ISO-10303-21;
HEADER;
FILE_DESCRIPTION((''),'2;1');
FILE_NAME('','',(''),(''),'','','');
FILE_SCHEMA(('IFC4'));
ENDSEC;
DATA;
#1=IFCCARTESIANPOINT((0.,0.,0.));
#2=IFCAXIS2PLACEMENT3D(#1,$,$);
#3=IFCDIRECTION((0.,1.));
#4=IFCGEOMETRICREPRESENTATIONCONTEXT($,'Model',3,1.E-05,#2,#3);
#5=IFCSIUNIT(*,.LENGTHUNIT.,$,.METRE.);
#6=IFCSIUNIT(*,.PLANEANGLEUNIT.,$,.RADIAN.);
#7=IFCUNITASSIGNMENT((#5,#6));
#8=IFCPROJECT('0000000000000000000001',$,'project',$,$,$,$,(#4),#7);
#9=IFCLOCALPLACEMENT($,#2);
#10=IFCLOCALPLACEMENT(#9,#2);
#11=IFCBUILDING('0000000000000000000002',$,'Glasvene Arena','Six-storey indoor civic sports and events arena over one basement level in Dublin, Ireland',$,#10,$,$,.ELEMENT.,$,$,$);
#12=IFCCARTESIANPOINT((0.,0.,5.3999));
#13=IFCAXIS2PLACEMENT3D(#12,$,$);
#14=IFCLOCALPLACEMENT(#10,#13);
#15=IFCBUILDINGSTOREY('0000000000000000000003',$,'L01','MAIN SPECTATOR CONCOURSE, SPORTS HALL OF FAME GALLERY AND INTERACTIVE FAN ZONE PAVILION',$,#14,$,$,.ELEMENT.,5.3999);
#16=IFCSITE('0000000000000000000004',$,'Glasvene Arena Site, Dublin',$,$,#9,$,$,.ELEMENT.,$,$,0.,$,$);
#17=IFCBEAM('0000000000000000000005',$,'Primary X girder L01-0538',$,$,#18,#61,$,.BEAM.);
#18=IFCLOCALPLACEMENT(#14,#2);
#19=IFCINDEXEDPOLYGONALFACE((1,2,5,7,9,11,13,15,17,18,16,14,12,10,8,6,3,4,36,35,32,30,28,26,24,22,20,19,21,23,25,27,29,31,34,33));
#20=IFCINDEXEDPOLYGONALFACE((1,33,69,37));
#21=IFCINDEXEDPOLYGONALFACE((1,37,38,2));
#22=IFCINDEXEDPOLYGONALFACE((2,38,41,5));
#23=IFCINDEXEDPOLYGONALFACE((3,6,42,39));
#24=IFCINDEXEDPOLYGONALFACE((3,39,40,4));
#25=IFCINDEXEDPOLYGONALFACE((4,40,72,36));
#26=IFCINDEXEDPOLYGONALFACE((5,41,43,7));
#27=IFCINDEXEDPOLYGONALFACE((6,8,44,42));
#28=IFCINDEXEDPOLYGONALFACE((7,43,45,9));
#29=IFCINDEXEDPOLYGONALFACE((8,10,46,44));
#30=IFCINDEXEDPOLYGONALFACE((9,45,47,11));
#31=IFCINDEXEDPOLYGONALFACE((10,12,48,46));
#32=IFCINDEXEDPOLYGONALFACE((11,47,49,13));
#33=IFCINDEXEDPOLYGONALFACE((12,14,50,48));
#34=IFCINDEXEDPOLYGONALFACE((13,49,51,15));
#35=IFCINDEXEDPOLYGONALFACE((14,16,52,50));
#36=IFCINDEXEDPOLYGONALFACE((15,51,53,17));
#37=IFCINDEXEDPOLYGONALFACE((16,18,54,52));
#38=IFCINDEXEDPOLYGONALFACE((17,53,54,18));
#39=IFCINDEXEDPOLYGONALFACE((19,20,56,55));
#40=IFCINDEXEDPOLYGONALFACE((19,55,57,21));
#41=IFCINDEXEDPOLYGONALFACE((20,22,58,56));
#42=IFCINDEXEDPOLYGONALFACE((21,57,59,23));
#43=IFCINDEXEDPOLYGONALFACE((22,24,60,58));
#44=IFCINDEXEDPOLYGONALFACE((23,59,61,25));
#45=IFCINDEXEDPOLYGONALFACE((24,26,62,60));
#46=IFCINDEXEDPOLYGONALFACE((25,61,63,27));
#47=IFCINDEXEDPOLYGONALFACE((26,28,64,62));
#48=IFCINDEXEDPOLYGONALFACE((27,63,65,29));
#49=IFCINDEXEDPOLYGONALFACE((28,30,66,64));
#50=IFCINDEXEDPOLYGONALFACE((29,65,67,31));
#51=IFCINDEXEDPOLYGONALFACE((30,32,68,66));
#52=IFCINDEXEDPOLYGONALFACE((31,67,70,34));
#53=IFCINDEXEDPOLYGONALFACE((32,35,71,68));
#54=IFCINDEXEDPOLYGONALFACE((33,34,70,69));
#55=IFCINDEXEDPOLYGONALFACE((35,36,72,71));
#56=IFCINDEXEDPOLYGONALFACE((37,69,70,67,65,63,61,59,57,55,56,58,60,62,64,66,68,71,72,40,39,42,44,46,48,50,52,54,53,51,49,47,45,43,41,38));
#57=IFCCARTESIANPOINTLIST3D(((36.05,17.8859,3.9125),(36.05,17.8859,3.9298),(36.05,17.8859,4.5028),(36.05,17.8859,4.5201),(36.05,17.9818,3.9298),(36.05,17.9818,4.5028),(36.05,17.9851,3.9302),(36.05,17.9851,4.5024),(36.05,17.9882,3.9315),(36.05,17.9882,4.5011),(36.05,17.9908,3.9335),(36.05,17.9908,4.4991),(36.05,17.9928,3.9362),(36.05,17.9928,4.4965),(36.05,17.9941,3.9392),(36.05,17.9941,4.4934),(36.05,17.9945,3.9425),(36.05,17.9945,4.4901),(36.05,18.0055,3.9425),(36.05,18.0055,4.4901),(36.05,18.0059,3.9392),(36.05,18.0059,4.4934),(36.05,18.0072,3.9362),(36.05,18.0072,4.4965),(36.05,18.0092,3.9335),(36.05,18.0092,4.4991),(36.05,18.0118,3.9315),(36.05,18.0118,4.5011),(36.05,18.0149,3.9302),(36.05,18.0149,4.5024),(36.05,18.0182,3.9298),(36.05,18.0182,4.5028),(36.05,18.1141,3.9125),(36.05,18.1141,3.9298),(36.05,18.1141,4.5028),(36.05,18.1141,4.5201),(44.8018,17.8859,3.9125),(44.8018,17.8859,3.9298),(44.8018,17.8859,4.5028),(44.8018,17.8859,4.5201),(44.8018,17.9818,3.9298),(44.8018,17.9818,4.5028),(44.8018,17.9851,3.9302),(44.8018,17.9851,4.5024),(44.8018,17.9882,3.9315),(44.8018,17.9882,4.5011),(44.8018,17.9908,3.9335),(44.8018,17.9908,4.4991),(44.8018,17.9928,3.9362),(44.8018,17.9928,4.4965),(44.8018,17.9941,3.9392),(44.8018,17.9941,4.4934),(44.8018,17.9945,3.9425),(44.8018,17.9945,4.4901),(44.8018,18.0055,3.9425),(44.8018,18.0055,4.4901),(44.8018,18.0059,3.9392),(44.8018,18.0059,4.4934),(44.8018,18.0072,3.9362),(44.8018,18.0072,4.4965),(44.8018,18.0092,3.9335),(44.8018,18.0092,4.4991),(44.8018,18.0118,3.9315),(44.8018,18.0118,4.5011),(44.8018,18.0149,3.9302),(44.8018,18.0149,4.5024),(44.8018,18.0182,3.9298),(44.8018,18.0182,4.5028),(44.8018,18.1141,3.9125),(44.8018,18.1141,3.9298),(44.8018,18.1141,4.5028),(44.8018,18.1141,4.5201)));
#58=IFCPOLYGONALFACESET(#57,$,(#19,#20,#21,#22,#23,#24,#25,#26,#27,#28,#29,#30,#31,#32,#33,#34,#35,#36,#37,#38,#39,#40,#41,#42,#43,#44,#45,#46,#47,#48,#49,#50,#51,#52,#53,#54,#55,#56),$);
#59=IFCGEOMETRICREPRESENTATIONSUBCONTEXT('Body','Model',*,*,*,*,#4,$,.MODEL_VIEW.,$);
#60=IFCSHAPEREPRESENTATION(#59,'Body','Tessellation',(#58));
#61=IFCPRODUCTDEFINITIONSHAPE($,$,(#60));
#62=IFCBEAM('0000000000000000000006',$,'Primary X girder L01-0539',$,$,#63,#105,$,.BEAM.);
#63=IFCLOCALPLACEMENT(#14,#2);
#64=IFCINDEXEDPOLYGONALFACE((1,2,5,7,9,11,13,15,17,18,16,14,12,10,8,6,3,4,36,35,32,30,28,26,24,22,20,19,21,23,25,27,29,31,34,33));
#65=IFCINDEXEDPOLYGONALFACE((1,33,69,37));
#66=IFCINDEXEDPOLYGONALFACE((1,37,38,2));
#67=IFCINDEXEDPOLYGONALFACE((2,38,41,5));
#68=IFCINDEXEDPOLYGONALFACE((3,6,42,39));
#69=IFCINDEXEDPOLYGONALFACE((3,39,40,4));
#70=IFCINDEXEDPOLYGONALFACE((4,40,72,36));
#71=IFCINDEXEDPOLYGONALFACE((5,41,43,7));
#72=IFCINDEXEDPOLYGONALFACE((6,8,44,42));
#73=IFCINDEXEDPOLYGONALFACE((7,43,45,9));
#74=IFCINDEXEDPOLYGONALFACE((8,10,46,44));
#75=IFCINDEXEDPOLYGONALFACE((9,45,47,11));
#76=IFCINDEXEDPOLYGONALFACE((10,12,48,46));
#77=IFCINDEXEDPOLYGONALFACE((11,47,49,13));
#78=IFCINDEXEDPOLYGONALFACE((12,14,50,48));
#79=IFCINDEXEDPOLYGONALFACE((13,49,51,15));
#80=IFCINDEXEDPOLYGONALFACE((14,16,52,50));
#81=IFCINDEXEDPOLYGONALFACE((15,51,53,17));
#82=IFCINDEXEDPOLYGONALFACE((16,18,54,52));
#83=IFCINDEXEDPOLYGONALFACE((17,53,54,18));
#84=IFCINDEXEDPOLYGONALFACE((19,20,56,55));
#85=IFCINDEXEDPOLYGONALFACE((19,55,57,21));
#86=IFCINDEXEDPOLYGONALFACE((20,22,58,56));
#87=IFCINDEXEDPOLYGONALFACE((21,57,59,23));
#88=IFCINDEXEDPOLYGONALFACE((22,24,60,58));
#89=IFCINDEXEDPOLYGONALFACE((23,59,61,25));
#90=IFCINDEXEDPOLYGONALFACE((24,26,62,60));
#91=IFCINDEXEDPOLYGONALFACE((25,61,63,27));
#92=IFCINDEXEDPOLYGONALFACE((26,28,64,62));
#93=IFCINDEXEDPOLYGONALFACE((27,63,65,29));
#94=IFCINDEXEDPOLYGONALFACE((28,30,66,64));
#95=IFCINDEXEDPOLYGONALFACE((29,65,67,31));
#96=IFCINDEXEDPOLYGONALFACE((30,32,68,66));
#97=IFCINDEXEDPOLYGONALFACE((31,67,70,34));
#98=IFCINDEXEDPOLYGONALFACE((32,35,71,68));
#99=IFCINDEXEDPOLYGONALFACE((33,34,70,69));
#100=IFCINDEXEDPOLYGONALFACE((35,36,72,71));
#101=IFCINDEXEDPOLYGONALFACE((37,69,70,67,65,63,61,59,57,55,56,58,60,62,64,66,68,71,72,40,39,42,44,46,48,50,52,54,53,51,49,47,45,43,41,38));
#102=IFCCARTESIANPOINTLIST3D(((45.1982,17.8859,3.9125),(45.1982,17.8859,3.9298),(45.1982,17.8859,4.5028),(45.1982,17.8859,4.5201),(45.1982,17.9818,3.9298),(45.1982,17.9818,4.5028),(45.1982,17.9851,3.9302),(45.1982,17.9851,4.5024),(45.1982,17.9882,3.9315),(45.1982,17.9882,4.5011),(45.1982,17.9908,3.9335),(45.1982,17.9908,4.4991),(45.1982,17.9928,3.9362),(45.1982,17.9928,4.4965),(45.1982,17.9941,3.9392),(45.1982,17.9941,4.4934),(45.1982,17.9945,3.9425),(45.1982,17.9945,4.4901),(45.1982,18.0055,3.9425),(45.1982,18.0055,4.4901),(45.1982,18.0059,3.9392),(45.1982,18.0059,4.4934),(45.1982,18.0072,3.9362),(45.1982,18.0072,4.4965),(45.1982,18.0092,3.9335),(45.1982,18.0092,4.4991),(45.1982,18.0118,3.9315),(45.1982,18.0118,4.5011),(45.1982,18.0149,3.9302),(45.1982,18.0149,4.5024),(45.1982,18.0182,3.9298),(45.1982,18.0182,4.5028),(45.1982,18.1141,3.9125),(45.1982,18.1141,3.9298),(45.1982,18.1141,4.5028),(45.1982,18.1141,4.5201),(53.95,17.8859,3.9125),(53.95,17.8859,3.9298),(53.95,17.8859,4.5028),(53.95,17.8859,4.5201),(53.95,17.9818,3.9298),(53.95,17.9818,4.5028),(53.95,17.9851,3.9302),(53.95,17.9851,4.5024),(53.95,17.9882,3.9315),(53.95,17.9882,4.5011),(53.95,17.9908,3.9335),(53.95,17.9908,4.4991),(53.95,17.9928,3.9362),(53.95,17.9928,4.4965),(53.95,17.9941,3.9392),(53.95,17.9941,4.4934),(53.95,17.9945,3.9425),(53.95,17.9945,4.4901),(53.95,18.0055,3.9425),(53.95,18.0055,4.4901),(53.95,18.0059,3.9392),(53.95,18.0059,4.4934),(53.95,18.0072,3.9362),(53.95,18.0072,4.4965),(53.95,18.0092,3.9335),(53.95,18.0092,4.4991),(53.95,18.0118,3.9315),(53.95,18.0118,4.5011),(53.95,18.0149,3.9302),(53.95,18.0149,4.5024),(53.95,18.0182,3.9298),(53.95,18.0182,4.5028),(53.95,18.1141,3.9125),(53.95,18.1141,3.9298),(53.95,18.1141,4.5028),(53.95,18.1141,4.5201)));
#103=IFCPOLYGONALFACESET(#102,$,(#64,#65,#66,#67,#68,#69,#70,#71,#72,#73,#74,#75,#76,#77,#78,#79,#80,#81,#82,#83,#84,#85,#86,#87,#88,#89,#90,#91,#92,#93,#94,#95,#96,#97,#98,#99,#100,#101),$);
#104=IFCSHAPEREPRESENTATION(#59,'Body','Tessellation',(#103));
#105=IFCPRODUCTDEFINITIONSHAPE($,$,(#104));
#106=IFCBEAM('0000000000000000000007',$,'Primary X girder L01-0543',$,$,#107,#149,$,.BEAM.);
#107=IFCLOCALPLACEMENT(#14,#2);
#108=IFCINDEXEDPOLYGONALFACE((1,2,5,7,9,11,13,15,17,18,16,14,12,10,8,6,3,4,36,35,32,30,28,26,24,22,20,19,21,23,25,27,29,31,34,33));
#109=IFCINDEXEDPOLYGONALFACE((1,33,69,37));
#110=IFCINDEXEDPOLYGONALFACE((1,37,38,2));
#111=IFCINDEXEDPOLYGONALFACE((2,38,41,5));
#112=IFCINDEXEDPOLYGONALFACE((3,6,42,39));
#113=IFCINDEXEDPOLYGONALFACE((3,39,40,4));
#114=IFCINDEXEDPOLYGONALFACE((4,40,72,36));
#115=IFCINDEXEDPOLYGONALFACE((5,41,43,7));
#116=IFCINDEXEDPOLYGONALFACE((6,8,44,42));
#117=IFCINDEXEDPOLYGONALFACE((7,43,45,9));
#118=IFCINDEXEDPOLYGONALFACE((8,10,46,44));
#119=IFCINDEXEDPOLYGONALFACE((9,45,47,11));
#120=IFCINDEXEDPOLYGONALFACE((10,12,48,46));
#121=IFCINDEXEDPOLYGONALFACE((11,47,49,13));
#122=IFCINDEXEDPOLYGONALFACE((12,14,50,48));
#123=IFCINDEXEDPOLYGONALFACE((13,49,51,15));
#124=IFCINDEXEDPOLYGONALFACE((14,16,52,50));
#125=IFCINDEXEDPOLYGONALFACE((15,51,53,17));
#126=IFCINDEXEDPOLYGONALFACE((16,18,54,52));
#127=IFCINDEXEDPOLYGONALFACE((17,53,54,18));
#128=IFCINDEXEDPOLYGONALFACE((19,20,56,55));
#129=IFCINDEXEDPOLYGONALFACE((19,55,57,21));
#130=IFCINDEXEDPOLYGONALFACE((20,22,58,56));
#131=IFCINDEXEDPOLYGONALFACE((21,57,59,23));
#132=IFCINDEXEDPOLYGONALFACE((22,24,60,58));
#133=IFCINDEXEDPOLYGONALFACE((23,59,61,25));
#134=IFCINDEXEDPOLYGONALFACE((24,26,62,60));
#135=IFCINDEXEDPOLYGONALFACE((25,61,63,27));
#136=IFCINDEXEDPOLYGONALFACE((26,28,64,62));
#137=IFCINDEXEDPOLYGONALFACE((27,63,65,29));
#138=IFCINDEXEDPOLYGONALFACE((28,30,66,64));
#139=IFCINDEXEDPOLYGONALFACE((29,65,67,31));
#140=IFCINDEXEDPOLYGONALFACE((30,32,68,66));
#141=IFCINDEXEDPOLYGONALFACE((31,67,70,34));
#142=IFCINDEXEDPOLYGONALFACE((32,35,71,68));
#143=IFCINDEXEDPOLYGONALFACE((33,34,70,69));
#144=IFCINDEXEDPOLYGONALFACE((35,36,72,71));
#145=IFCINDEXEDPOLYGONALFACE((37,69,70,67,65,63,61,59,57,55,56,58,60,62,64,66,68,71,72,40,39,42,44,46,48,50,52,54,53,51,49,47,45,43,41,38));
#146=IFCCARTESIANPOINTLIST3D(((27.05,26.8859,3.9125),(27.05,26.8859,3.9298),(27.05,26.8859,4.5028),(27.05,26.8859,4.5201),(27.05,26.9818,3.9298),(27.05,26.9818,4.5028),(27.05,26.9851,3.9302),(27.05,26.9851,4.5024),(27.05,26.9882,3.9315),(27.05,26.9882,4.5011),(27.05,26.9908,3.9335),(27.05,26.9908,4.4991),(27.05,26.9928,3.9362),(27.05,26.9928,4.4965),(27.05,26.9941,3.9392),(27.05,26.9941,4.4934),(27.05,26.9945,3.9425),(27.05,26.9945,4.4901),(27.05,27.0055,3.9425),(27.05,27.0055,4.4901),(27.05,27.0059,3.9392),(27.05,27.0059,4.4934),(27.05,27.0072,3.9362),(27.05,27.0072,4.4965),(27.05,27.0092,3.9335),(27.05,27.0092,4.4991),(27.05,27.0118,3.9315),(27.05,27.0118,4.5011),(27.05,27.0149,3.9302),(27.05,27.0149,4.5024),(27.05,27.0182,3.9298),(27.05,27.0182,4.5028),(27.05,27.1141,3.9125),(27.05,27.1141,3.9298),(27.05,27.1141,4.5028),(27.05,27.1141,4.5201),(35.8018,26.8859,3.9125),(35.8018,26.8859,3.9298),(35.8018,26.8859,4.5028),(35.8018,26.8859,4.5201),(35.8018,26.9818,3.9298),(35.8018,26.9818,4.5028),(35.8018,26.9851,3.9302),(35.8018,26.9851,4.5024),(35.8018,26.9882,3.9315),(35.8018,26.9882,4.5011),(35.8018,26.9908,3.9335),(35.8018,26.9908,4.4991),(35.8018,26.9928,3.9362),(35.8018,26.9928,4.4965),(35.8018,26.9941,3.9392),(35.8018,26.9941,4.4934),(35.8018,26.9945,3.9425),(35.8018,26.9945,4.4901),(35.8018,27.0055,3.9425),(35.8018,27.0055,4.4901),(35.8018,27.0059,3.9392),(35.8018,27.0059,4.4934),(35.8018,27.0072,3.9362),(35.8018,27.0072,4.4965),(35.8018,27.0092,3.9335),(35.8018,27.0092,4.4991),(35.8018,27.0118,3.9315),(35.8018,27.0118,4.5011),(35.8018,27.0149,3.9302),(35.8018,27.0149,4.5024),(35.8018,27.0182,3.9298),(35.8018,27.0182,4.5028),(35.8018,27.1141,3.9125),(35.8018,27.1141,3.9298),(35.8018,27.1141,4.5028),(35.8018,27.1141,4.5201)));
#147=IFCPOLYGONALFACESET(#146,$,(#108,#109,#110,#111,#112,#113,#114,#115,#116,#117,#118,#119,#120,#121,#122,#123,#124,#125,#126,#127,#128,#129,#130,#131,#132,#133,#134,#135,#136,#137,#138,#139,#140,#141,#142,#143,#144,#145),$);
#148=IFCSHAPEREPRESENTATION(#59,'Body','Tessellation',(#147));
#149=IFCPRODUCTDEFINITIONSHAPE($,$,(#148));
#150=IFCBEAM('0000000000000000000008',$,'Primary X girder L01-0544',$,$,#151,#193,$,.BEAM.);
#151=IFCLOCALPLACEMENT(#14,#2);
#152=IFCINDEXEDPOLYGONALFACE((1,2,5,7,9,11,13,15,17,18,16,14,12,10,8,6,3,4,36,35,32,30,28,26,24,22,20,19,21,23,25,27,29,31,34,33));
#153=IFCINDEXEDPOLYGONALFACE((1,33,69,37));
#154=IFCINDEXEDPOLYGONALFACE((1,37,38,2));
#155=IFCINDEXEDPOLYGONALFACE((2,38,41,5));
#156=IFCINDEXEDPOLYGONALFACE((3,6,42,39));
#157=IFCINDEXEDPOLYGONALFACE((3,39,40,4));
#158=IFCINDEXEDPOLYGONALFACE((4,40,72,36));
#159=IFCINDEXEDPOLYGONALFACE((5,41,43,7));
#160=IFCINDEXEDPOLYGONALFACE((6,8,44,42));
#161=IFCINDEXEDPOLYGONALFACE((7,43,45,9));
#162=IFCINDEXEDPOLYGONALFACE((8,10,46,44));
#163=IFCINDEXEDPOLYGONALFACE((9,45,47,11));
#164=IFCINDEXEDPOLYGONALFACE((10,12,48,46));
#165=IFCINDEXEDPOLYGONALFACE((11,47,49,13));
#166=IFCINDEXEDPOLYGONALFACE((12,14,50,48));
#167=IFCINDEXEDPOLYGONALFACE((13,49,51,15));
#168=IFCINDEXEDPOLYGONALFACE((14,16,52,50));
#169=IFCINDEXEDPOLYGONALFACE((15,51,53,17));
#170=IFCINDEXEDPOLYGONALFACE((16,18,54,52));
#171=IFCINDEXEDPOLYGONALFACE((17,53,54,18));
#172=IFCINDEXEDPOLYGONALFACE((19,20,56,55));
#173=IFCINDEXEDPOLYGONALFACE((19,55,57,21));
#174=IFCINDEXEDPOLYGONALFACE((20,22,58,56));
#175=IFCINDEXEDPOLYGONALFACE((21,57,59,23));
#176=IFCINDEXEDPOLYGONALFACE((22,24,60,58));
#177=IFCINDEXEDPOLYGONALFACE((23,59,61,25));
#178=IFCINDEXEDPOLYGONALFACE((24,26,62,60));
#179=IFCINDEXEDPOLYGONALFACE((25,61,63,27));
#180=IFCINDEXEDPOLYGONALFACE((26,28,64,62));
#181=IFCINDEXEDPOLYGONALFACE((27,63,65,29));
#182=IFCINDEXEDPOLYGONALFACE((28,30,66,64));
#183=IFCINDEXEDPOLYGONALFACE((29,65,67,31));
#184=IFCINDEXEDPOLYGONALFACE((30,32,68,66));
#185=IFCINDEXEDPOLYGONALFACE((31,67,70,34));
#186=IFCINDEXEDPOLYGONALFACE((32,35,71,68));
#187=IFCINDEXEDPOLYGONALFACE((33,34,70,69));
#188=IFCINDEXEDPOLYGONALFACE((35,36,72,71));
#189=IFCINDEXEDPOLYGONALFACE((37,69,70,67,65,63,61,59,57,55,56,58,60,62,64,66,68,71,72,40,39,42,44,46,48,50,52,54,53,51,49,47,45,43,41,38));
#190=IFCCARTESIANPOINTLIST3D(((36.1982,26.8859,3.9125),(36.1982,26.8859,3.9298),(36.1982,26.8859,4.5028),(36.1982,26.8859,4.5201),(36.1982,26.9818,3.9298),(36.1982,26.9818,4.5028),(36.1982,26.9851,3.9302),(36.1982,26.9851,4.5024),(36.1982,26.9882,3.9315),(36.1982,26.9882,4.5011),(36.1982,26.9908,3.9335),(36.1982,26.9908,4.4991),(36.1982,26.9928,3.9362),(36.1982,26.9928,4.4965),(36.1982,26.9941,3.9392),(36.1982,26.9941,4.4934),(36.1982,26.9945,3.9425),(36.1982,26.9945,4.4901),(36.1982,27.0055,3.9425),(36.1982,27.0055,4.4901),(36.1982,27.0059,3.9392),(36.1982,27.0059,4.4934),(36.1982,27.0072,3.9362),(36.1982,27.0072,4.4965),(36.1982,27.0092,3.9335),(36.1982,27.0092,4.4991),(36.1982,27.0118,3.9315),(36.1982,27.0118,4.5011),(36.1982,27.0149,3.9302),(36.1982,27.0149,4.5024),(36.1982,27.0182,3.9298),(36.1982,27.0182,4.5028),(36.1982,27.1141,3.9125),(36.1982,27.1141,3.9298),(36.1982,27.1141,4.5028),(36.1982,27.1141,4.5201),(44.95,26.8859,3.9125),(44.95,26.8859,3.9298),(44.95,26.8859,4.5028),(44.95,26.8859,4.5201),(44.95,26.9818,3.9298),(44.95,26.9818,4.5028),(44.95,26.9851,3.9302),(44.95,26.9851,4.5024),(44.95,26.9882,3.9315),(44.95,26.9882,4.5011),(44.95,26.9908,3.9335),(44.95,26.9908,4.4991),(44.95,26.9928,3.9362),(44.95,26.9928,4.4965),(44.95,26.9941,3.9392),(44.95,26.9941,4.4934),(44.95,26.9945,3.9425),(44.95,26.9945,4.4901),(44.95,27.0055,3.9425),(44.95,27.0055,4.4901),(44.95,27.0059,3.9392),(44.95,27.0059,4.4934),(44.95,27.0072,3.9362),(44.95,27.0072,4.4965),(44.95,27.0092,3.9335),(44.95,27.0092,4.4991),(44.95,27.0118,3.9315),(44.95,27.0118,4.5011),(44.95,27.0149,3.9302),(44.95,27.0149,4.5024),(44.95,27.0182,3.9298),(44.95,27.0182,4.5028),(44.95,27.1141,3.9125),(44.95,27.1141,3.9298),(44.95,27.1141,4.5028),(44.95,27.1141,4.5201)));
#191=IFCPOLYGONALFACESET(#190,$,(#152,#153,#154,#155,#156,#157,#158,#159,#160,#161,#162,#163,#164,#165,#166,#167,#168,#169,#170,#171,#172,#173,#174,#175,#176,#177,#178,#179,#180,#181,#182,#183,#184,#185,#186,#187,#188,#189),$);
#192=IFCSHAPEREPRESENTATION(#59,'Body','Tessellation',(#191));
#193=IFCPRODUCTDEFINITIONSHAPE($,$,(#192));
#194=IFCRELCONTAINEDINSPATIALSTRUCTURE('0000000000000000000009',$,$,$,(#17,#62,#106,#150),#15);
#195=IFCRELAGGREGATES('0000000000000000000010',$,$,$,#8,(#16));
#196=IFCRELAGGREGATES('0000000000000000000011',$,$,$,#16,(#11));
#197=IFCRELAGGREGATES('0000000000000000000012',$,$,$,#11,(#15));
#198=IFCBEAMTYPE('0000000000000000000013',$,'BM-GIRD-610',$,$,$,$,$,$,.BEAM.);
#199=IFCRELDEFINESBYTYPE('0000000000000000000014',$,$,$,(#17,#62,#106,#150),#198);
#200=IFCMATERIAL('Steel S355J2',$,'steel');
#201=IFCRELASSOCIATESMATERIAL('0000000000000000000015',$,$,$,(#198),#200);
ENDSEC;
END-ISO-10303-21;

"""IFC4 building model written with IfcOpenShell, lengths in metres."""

from ifc_helpers import new_model, si_unit, direction, frame, origin, origin_2d, place, context, subcontext, project, spatial, i_section, extrude, material, material_profile, profile_set, type_object, element, save


model = new_model("IFC4")

# Units and contexts
model_context = context("Model", 3, precision=1e-05, world=origin(), true_north=direction((0.0, 1.0)))
body_context = subcontext(model_context, "Body", "Model", "MODEL_VIEW")
ifc_project = project(units=[si_unit("LENGTHUNIT", "METRE"), si_unit("PLANEANGLEUNIT", "RADIAN")], contexts=[model_context])

# Site, building, storey
site_placement = place(None, origin())
site = spatial("IfcSite", under=ifc_project, at=site_placement, Name="Glasvene Arena Site, Dublin", CompositionType="ELEMENT", RefElevation=0.0)
building_placement = place(site_placement, origin())
building = spatial("IfcBuilding", under=site, at=building_placement, Name="Glasvene Arena", Description="Six-storey indoor civic sports and events arena over one basement level in Dublin, Ireland", CompositionType="ELEMENT")
storey_placement = place(building_placement, frame((0.0, 0.0, 5.3999)))
storey = spatial("IfcBuildingStorey", under=building, at=storey_placement, Name="L01", Description="MAIN SPECTATOR CONCOURSE, SPORTS HALL OF FAME GALLERY AND INTERACTIVE FAN ZONE PAVILION", CompositionType="ELEMENT", Elevation=5.3999)

# Shared definitions
ifc_material_1 = material(Name="Steel S355J2", Category="steel")

# Beams
ifc_material_profile_1 = material_profile(ifc_material_1, i_section(OverallWidth=0.2283, OverallDepth=0.6077, WebThickness=0.011, FlangeThickness=0.0173, FilletRadius=0.0127, at=origin_2d()), Name="UKB 610x229x113")
ifc_profile_set_1 = profile_set([ifc_material_profile_1], Name="Steel S355J2")
beam_type_1 = type_object("IfcBeamType", Name="BM-GIRD-610", PredefinedType="BEAM", material=ifc_profile_set_1)
for number, where, z_axis, x_axis, name in (
    (1, (36.05, 18.0, 4.2163), (1.0, 0.0, 0.0), (0.0, 1.0, 0.0), "Primary X girder L01-0538"),
    (2, (45.1982, 18.0, 4.2163), (1.0, 0.0, 0.0), (0.0, 1.0, 0.0), "Primary X girder L01-0539"),
    (3, (27.05, 27.0, 4.2163), (1.0, 0.0, 0.0), (0.0, 1.0, 0.0), "Primary X girder L01-0543"),
    (4, (36.1982, 27.0, 4.2163), (1.0, 0.0, 0.0), (0.0, 1.0, 0.0), "Primary X girder L01-0544"),
):
    element("IfcBeam", number, at=place(storey_placement, frame(where, z_axis=z_axis, x_axis=x_axis)), inside=storey, type_object=beam_type_1, Name=name, PredefinedType="BEAM", context=body_context, shape_type="SweptSolid", body=[
        extrude(i_section(OverallWidth=0.2283, OverallDepth=0.6077, WebThickness=0.011, FlangeThickness=0.0173, FilletRadius=0.0127, at=origin_2d()), origin(), (0.0, 0.0, 1.0), 8.7517),
    ])

save(model, "model.ifc")
